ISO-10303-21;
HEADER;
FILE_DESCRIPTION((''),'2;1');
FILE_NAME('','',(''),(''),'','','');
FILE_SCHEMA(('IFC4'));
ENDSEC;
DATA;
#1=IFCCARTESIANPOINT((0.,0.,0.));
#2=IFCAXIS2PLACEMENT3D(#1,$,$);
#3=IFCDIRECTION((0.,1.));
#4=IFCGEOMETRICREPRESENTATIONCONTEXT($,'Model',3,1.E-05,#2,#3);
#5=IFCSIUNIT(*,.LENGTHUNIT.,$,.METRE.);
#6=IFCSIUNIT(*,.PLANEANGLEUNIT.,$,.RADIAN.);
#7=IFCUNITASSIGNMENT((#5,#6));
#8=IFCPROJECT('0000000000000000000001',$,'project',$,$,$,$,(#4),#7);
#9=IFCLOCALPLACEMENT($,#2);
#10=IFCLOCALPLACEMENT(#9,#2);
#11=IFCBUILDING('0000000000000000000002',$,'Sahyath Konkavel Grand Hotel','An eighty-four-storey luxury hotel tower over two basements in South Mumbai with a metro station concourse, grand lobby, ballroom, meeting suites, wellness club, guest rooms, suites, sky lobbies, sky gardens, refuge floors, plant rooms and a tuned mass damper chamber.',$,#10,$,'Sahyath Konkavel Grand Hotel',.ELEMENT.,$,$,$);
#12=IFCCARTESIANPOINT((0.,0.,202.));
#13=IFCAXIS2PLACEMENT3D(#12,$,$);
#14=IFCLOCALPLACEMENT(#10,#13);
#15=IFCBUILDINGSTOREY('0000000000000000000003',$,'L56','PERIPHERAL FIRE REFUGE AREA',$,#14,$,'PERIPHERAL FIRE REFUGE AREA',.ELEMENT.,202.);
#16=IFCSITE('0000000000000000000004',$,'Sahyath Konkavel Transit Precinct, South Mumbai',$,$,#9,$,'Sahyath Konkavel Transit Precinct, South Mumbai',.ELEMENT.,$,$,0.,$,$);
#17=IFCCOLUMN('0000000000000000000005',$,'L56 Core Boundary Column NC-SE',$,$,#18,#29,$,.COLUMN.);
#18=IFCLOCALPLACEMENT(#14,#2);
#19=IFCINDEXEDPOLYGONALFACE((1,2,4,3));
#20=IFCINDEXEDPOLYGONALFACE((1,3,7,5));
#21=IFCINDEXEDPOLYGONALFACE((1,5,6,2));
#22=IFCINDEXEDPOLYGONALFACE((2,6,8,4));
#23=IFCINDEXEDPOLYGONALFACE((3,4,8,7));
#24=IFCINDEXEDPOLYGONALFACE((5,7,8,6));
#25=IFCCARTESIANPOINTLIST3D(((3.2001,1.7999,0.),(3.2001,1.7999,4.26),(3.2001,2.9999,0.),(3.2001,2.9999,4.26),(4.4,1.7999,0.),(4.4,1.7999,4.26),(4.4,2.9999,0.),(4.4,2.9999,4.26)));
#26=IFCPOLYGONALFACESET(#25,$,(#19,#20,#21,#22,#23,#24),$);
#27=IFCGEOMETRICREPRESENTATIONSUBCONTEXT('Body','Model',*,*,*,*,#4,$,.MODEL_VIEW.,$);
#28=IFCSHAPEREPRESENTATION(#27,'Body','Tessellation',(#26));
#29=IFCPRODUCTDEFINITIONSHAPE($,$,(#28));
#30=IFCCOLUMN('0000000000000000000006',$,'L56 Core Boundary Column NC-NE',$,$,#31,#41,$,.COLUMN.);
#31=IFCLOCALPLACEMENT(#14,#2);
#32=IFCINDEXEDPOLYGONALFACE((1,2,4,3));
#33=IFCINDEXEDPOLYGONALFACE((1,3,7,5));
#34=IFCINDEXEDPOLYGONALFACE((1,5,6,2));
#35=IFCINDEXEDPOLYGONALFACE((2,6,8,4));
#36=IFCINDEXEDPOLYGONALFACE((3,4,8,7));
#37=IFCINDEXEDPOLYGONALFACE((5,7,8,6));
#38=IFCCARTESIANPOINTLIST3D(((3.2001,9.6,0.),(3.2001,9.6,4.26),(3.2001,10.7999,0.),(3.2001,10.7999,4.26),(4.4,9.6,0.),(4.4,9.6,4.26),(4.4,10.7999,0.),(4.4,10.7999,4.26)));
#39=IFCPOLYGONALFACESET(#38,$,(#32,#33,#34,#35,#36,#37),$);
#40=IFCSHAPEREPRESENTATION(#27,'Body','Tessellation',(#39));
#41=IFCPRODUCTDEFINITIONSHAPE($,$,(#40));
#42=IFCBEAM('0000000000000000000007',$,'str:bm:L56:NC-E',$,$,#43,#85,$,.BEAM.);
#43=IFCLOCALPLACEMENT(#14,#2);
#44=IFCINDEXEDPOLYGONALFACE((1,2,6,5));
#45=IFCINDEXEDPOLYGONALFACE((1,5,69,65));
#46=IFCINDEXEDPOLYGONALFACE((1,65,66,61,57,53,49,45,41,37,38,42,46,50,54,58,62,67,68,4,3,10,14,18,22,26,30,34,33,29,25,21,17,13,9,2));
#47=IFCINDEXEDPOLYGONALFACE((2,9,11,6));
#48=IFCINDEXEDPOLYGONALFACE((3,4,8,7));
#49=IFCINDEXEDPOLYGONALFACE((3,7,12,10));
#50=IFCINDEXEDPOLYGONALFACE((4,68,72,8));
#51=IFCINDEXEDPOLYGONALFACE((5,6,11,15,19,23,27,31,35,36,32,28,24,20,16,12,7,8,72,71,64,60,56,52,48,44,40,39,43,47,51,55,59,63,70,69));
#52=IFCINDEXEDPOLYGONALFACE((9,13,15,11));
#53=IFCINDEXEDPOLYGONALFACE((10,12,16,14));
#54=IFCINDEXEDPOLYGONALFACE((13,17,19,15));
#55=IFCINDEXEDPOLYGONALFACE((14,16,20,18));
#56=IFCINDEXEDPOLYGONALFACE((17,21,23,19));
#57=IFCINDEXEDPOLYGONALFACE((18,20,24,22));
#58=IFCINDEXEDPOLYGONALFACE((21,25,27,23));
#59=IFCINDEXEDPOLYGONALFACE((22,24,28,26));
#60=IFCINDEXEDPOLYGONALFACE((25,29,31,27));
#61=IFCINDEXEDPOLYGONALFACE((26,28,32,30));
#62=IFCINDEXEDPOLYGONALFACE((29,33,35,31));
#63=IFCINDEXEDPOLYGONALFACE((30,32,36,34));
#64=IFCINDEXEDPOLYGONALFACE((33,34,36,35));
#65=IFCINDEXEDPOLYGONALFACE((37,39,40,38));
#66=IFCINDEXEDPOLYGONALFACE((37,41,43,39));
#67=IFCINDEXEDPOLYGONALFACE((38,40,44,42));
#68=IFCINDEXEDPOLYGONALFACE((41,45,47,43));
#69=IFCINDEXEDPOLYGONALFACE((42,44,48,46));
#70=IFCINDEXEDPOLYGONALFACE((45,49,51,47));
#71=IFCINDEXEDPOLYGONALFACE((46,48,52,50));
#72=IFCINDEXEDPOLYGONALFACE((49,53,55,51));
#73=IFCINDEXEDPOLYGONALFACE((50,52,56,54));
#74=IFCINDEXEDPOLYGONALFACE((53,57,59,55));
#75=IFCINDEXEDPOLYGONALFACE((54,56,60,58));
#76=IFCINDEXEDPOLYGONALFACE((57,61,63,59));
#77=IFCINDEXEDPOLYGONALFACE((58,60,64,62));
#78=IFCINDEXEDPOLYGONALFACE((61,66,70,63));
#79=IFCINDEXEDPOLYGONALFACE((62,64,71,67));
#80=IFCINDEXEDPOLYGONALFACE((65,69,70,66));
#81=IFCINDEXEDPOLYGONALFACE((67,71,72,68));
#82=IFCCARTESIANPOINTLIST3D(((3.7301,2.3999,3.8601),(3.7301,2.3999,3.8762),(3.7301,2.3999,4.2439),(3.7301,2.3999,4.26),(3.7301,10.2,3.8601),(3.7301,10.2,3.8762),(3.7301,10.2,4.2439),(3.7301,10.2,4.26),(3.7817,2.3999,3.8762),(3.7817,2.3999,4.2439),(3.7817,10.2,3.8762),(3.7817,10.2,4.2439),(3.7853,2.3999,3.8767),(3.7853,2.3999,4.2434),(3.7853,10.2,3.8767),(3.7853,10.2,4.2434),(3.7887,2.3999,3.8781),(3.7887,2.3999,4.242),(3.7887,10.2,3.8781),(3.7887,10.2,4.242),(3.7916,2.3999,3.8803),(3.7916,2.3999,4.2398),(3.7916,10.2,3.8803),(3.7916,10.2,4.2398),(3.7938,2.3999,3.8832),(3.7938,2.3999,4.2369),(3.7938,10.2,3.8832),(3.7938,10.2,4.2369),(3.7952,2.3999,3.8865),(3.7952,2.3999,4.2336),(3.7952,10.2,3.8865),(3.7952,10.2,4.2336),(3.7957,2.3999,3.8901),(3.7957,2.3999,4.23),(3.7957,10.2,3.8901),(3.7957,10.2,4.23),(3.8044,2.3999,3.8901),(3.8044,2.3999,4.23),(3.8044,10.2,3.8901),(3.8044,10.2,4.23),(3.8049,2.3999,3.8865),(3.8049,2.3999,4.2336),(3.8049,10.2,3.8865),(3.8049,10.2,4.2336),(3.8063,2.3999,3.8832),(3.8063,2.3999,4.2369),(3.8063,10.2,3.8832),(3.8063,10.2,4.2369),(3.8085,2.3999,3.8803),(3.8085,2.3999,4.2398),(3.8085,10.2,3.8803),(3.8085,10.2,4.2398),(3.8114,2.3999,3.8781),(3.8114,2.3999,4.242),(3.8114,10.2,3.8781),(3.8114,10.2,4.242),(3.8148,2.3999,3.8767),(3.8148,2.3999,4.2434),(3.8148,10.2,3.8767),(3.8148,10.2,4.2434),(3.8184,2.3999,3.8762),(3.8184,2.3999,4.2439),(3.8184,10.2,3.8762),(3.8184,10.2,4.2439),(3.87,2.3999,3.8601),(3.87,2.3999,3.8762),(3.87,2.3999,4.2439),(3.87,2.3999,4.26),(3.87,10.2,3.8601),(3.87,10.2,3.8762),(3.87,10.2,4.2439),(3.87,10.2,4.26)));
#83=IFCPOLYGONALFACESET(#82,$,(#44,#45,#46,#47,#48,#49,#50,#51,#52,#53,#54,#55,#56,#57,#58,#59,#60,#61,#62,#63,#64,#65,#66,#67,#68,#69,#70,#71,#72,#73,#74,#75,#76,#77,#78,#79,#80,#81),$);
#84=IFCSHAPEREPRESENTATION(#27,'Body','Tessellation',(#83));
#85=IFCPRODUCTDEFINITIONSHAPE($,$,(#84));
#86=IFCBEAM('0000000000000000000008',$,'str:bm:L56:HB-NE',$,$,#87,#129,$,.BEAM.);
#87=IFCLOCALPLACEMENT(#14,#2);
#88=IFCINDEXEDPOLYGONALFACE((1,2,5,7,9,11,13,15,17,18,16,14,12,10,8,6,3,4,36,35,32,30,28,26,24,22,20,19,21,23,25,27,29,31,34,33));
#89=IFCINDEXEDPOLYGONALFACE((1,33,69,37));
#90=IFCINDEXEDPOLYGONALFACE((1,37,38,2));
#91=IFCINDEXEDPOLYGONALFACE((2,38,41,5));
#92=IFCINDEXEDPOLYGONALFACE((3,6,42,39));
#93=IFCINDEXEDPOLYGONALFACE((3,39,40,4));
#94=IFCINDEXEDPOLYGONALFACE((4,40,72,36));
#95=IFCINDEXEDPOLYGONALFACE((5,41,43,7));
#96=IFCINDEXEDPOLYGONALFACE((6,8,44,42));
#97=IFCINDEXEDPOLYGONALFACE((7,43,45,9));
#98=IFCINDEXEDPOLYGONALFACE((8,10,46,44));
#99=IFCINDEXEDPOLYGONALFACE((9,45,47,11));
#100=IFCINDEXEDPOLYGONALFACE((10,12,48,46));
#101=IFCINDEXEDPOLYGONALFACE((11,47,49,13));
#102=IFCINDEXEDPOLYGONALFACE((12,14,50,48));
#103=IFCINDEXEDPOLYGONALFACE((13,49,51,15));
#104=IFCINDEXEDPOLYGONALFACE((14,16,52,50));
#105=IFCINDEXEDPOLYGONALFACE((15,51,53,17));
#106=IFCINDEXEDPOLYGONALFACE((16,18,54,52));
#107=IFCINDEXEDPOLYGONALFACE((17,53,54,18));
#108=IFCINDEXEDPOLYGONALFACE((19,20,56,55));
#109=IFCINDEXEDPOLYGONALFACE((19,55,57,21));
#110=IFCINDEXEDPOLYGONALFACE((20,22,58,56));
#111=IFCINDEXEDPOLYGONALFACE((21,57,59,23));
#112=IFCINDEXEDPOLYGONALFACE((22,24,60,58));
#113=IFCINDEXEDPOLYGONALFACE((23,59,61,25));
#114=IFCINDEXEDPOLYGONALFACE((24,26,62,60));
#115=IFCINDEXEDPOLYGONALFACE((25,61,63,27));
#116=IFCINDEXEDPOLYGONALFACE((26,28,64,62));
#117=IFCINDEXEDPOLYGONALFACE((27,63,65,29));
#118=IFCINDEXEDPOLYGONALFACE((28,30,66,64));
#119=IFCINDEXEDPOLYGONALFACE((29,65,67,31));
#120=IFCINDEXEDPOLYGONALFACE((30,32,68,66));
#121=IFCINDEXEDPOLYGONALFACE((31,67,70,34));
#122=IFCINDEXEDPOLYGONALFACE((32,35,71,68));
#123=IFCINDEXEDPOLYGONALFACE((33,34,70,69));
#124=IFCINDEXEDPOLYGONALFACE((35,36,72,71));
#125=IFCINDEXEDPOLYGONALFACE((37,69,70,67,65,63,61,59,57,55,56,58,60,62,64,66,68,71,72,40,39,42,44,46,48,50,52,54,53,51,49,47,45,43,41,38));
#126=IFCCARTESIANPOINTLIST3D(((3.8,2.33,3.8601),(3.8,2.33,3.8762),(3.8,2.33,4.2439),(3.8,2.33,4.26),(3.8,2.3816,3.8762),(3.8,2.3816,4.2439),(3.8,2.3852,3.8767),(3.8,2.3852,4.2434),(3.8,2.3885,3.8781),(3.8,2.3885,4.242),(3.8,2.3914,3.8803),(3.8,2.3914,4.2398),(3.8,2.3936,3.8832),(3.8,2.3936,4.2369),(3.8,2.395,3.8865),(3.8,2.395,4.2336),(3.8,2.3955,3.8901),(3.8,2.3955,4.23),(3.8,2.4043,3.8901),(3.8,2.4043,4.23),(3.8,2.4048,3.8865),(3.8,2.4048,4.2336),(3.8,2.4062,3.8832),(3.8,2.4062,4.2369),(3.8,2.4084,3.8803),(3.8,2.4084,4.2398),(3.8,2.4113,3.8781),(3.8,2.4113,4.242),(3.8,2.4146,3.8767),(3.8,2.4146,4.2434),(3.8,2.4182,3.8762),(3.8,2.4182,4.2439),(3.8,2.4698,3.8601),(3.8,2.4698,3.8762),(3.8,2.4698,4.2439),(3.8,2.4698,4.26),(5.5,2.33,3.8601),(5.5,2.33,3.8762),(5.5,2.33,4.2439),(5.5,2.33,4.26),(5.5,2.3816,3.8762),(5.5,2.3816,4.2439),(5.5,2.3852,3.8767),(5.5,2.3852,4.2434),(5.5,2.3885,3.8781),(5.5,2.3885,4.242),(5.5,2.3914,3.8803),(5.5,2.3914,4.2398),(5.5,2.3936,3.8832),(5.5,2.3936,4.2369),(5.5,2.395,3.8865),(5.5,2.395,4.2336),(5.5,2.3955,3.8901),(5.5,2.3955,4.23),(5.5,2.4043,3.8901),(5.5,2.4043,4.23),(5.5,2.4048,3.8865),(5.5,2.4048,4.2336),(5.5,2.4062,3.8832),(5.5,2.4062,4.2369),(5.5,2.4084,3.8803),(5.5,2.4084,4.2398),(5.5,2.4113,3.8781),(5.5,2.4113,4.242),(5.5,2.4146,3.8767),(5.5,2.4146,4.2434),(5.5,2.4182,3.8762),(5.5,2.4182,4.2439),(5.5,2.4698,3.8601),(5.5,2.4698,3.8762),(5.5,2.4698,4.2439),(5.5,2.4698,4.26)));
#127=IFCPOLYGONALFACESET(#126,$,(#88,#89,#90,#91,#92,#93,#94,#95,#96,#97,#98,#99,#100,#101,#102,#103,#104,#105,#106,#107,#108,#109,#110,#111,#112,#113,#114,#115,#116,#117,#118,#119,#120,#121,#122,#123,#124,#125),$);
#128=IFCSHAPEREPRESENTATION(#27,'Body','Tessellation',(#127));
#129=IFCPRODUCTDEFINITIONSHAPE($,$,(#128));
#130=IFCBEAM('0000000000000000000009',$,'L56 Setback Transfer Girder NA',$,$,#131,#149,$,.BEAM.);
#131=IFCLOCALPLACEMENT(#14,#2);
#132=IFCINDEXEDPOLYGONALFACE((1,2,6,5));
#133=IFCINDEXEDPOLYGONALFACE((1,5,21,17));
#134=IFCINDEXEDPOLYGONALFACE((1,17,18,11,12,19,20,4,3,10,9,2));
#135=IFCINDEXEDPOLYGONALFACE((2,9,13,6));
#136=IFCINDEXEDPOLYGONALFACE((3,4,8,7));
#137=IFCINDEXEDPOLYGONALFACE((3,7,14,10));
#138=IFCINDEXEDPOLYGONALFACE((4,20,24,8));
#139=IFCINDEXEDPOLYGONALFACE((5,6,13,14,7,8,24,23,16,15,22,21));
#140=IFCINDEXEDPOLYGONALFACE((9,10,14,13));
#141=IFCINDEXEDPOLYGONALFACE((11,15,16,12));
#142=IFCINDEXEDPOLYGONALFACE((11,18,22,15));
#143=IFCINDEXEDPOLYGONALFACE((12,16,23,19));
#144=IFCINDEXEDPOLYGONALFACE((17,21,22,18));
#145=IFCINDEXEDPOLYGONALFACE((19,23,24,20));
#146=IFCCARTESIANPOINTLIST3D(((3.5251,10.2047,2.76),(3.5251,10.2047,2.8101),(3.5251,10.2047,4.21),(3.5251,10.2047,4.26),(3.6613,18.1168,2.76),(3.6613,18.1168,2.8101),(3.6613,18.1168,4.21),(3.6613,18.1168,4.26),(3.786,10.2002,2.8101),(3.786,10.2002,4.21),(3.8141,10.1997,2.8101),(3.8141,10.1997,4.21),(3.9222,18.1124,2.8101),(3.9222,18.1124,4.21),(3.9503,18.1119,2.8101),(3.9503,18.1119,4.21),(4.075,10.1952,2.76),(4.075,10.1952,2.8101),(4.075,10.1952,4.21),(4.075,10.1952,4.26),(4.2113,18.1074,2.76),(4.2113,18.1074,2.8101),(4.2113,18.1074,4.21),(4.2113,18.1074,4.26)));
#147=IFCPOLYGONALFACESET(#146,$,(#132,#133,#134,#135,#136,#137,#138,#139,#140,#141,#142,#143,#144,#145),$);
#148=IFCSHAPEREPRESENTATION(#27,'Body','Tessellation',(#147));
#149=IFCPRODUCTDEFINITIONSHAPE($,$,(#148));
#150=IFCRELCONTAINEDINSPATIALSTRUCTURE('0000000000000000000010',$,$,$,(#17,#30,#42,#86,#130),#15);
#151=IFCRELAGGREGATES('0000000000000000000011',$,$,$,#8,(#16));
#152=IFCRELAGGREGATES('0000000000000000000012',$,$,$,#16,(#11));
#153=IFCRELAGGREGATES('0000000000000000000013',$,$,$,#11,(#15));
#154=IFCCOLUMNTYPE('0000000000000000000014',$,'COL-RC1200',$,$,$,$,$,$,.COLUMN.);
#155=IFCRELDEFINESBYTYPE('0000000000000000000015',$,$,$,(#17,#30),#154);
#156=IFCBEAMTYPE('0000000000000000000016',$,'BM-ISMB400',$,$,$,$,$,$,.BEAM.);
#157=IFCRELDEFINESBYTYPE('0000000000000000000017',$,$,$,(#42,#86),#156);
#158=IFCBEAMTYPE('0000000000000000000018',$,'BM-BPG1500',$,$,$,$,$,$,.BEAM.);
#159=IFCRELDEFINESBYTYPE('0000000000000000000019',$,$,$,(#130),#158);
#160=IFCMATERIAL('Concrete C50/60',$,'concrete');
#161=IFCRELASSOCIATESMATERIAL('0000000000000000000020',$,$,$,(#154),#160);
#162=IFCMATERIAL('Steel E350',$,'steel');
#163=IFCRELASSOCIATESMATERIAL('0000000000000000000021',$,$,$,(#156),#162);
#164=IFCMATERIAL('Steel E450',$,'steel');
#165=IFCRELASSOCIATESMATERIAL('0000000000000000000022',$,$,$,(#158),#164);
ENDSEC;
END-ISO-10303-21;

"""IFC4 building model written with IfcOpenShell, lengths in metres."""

from ifc_helpers import new_model, si_unit, direction, frame, origin, origin_2d, place, context, subcontext, project, spatial, rectangle, i_section, extrude, source, transform, mapped, material, material_profile, profile_set, type_object, element, save


model = new_model("IFC4")

# Units and contexts
model_context = context("Model", 3, precision=1e-05, world=origin(), true_north=direction((0.0, 1.0)))
body_context = subcontext(model_context, "Body", "Model", "MODEL_VIEW")
ifc_project = project(units=[si_unit("LENGTHUNIT", "METRE"), si_unit("PLANEANGLEUNIT", "RADIAN")], contexts=[model_context])

# Site, building, storey
site_placement = place(None, origin())
site = spatial("IfcSite", under=ifc_project, at=site_placement, Name="Sahyath Konkavel Transit Precinct, South Mumbai", LongName="Sahyath Konkavel Transit Precinct, South Mumbai", CompositionType="ELEMENT", RefElevation=0.0)
building_placement = place(site_placement, origin())
building = spatial("IfcBuilding", under=site, at=building_placement, Name="Sahyath Konkavel Grand Hotel", Description="An eighty-four-storey luxury hotel tower over two basements in South Mumbai with a metro station concourse, grand lobby, ballroom, meeting suites, wellness club, guest rooms, suites, sky lobbies, sky gardens, refuge floors, plant rooms and a tuned mass damper chamber.", LongName="Sahyath Konkavel Grand Hotel", CompositionType="ELEMENT")
storey_placement = place(building_placement, frame((0.0, 0.0, 202.0)))
storey = spatial("IfcBuildingStorey", under=building, at=storey_placement, Name="L56", Description="PERIPHERAL FIRE REFUGE AREA", LongName="PERIPHERAL FIRE REFUGE AREA", CompositionType="ELEMENT", Elevation=202.0)

# Columns
ifc_material_1 = material(Name="Concrete C50/60", Category="concrete")
ifc_material_profile_1 = material_profile(ifc_material_1, rectangle(XDim=1.2, YDim=1.2, at=origin_2d()), Name="RC 1200x1200")
ifc_profile_set_1 = profile_set([ifc_material_profile_1], Name="Concrete C50/60")
column_type = type_object("IfcColumnType", Name="COL-RC1200", PredefinedType="COLUMN", material=ifc_profile_set_1)
shared_shape_1 = source(origin(), body_context, "Body", "SweptSolid", [
    extrude(rectangle(XDim=1.2, YDim=1.2, at=origin_2d()), origin(), (0.0, 0.0, 1.0), 4.26),
])
for number, where, z_axis, x_axis, name in (
    (1, (3.8, 2.3999, 0.0), (0.0, 0.0, 1.0), (1.0, 0.0, 0.0), "L56 Core Boundary Column NC-SE"),
    (2, (3.8, 10.2, 0.0), (0.0, 0.0, 1.0), (1.0, 0.0, 0.0), "L56 Core Boundary Column NC-NE"),
):
    element("IfcColumn", number, at=place(storey_placement, frame(where, z_axis=z_axis, x_axis=x_axis)), inside=storey, type_object=column_type, Name=name, PredefinedType="COLUMN", context=body_context, shape_type="MappedRepresentation", body=[
        mapped(shared_shape_1, transform((0.0, 0.0, 0.0), scale=1.0)),
    ])

# Beams
ifc_material_2 = material(Name="Steel E350", Category="steel")
ifc_material_profile_2 = material_profile(ifc_material_2, i_section(OverallWidth=0.1399, OverallDepth=0.3999, WebThickness=0.0088, FlangeThickness=0.0161, FilletRadius=0.0139, at=origin_2d()), Name="ISMB 400")
ifc_profile_set_2 = profile_set([ifc_material_profile_2], Name="Steel E350")
beam_type_1 = type_object("IfcBeamType", Name="BM-ISMB400", PredefinedType="BEAM", material=ifc_profile_set_2)
shared_shape_2 = source(origin(), body_context, "Body", "SweptSolid", [
    extrude(i_section(OverallWidth=0.1399, OverallDepth=0.3999, WebThickness=0.0088, FlangeThickness=0.0161, FilletRadius=0.0139, at=origin_2d()), origin(), (0.0, 0.0, 1.0), 7.8),
])
beam_1_placement = place(storey_placement, frame((3.8, 2.3999, 4.0601), z_axis=(0.0, 1.0, 0.0), x_axis=(-1.0, 0.0, 0.0)))
element("IfcBeam", 3, at=beam_1_placement, inside=storey, type_object=beam_type_1, Name="str:bm:L56:NC-E", PredefinedType="BEAM", context=body_context, shape_type="MappedRepresentation", body=[
    mapped(shared_shape_2, transform((0.0, 0.0, 0.0), scale=1.0)),
])
shared_shape_3 = source(origin(), body_context, "Body", "SweptSolid", [
    extrude(i_section(OverallWidth=0.1399, OverallDepth=0.3999, WebThickness=0.0088, FlangeThickness=0.0161, FilletRadius=0.0139, at=origin_2d()), origin(), (0.0, 0.0, 1.0), 1.7),
])
beam_2_placement = place(storey_placement, frame((3.8, 2.3999, 4.0601), z_axis=(1.0, 0.0, 0.0), x_axis=(0.0, 1.0, 0.0)))
element("IfcBeam", 4, at=beam_2_placement, inside=storey, type_object=beam_type_1, Name="str:bm:L56:HB-NE", PredefinedType="BEAM", context=body_context, shape_type="MappedRepresentation", body=[
    mapped(shared_shape_3, transform((0.0, 0.0, 0.0), scale=1.0)),
])
ifc_material_3 = material(Name="Steel E450", Category="steel")
ifc_material_profile_3 = material_profile(ifc_material_3, i_section(OverallWidth=0.55, OverallDepth=1.5, WebThickness=0.0281, FlangeThickness=0.05, at=origin_2d()), Name="BPG 1500x550")
ifc_profile_set_3 = profile_set([ifc_material_profile_3], Name="Steel E450")
beam_type_2 = type_object("IfcBeamType", Name="BM-BPG1500", PredefinedType="BEAM", material=ifc_profile_set_3)
shared_shape_4 = source(origin(), body_context, "Body", "SweptSolid", [
    extrude(i_section(OverallWidth=0.55, OverallDepth=1.5, WebThickness=0.0281, FlangeThickness=0.05, at=origin_2d()), origin(), (0.0, 0.0, 1.0), 7.9133),
])
beam_3_placement = place(storey_placement, frame((3.8, 10.2, 3.51), z_axis=(0.017215, 0.999852, 0.0), x_axis=(-0.999852, 0.017215, 0.0)))
element("IfcBeam", 5, at=beam_3_placement, inside=storey, type_object=beam_type_2, Name="L56 Setback Transfer Girder NA", PredefinedType="BEAM", context=body_context, shape_type="MappedRepresentation", body=[
    mapped(shared_shape_4, transform((0.0, 0.0, 0.0), scale=1.0)),
])

save(model, "model.ifc")
